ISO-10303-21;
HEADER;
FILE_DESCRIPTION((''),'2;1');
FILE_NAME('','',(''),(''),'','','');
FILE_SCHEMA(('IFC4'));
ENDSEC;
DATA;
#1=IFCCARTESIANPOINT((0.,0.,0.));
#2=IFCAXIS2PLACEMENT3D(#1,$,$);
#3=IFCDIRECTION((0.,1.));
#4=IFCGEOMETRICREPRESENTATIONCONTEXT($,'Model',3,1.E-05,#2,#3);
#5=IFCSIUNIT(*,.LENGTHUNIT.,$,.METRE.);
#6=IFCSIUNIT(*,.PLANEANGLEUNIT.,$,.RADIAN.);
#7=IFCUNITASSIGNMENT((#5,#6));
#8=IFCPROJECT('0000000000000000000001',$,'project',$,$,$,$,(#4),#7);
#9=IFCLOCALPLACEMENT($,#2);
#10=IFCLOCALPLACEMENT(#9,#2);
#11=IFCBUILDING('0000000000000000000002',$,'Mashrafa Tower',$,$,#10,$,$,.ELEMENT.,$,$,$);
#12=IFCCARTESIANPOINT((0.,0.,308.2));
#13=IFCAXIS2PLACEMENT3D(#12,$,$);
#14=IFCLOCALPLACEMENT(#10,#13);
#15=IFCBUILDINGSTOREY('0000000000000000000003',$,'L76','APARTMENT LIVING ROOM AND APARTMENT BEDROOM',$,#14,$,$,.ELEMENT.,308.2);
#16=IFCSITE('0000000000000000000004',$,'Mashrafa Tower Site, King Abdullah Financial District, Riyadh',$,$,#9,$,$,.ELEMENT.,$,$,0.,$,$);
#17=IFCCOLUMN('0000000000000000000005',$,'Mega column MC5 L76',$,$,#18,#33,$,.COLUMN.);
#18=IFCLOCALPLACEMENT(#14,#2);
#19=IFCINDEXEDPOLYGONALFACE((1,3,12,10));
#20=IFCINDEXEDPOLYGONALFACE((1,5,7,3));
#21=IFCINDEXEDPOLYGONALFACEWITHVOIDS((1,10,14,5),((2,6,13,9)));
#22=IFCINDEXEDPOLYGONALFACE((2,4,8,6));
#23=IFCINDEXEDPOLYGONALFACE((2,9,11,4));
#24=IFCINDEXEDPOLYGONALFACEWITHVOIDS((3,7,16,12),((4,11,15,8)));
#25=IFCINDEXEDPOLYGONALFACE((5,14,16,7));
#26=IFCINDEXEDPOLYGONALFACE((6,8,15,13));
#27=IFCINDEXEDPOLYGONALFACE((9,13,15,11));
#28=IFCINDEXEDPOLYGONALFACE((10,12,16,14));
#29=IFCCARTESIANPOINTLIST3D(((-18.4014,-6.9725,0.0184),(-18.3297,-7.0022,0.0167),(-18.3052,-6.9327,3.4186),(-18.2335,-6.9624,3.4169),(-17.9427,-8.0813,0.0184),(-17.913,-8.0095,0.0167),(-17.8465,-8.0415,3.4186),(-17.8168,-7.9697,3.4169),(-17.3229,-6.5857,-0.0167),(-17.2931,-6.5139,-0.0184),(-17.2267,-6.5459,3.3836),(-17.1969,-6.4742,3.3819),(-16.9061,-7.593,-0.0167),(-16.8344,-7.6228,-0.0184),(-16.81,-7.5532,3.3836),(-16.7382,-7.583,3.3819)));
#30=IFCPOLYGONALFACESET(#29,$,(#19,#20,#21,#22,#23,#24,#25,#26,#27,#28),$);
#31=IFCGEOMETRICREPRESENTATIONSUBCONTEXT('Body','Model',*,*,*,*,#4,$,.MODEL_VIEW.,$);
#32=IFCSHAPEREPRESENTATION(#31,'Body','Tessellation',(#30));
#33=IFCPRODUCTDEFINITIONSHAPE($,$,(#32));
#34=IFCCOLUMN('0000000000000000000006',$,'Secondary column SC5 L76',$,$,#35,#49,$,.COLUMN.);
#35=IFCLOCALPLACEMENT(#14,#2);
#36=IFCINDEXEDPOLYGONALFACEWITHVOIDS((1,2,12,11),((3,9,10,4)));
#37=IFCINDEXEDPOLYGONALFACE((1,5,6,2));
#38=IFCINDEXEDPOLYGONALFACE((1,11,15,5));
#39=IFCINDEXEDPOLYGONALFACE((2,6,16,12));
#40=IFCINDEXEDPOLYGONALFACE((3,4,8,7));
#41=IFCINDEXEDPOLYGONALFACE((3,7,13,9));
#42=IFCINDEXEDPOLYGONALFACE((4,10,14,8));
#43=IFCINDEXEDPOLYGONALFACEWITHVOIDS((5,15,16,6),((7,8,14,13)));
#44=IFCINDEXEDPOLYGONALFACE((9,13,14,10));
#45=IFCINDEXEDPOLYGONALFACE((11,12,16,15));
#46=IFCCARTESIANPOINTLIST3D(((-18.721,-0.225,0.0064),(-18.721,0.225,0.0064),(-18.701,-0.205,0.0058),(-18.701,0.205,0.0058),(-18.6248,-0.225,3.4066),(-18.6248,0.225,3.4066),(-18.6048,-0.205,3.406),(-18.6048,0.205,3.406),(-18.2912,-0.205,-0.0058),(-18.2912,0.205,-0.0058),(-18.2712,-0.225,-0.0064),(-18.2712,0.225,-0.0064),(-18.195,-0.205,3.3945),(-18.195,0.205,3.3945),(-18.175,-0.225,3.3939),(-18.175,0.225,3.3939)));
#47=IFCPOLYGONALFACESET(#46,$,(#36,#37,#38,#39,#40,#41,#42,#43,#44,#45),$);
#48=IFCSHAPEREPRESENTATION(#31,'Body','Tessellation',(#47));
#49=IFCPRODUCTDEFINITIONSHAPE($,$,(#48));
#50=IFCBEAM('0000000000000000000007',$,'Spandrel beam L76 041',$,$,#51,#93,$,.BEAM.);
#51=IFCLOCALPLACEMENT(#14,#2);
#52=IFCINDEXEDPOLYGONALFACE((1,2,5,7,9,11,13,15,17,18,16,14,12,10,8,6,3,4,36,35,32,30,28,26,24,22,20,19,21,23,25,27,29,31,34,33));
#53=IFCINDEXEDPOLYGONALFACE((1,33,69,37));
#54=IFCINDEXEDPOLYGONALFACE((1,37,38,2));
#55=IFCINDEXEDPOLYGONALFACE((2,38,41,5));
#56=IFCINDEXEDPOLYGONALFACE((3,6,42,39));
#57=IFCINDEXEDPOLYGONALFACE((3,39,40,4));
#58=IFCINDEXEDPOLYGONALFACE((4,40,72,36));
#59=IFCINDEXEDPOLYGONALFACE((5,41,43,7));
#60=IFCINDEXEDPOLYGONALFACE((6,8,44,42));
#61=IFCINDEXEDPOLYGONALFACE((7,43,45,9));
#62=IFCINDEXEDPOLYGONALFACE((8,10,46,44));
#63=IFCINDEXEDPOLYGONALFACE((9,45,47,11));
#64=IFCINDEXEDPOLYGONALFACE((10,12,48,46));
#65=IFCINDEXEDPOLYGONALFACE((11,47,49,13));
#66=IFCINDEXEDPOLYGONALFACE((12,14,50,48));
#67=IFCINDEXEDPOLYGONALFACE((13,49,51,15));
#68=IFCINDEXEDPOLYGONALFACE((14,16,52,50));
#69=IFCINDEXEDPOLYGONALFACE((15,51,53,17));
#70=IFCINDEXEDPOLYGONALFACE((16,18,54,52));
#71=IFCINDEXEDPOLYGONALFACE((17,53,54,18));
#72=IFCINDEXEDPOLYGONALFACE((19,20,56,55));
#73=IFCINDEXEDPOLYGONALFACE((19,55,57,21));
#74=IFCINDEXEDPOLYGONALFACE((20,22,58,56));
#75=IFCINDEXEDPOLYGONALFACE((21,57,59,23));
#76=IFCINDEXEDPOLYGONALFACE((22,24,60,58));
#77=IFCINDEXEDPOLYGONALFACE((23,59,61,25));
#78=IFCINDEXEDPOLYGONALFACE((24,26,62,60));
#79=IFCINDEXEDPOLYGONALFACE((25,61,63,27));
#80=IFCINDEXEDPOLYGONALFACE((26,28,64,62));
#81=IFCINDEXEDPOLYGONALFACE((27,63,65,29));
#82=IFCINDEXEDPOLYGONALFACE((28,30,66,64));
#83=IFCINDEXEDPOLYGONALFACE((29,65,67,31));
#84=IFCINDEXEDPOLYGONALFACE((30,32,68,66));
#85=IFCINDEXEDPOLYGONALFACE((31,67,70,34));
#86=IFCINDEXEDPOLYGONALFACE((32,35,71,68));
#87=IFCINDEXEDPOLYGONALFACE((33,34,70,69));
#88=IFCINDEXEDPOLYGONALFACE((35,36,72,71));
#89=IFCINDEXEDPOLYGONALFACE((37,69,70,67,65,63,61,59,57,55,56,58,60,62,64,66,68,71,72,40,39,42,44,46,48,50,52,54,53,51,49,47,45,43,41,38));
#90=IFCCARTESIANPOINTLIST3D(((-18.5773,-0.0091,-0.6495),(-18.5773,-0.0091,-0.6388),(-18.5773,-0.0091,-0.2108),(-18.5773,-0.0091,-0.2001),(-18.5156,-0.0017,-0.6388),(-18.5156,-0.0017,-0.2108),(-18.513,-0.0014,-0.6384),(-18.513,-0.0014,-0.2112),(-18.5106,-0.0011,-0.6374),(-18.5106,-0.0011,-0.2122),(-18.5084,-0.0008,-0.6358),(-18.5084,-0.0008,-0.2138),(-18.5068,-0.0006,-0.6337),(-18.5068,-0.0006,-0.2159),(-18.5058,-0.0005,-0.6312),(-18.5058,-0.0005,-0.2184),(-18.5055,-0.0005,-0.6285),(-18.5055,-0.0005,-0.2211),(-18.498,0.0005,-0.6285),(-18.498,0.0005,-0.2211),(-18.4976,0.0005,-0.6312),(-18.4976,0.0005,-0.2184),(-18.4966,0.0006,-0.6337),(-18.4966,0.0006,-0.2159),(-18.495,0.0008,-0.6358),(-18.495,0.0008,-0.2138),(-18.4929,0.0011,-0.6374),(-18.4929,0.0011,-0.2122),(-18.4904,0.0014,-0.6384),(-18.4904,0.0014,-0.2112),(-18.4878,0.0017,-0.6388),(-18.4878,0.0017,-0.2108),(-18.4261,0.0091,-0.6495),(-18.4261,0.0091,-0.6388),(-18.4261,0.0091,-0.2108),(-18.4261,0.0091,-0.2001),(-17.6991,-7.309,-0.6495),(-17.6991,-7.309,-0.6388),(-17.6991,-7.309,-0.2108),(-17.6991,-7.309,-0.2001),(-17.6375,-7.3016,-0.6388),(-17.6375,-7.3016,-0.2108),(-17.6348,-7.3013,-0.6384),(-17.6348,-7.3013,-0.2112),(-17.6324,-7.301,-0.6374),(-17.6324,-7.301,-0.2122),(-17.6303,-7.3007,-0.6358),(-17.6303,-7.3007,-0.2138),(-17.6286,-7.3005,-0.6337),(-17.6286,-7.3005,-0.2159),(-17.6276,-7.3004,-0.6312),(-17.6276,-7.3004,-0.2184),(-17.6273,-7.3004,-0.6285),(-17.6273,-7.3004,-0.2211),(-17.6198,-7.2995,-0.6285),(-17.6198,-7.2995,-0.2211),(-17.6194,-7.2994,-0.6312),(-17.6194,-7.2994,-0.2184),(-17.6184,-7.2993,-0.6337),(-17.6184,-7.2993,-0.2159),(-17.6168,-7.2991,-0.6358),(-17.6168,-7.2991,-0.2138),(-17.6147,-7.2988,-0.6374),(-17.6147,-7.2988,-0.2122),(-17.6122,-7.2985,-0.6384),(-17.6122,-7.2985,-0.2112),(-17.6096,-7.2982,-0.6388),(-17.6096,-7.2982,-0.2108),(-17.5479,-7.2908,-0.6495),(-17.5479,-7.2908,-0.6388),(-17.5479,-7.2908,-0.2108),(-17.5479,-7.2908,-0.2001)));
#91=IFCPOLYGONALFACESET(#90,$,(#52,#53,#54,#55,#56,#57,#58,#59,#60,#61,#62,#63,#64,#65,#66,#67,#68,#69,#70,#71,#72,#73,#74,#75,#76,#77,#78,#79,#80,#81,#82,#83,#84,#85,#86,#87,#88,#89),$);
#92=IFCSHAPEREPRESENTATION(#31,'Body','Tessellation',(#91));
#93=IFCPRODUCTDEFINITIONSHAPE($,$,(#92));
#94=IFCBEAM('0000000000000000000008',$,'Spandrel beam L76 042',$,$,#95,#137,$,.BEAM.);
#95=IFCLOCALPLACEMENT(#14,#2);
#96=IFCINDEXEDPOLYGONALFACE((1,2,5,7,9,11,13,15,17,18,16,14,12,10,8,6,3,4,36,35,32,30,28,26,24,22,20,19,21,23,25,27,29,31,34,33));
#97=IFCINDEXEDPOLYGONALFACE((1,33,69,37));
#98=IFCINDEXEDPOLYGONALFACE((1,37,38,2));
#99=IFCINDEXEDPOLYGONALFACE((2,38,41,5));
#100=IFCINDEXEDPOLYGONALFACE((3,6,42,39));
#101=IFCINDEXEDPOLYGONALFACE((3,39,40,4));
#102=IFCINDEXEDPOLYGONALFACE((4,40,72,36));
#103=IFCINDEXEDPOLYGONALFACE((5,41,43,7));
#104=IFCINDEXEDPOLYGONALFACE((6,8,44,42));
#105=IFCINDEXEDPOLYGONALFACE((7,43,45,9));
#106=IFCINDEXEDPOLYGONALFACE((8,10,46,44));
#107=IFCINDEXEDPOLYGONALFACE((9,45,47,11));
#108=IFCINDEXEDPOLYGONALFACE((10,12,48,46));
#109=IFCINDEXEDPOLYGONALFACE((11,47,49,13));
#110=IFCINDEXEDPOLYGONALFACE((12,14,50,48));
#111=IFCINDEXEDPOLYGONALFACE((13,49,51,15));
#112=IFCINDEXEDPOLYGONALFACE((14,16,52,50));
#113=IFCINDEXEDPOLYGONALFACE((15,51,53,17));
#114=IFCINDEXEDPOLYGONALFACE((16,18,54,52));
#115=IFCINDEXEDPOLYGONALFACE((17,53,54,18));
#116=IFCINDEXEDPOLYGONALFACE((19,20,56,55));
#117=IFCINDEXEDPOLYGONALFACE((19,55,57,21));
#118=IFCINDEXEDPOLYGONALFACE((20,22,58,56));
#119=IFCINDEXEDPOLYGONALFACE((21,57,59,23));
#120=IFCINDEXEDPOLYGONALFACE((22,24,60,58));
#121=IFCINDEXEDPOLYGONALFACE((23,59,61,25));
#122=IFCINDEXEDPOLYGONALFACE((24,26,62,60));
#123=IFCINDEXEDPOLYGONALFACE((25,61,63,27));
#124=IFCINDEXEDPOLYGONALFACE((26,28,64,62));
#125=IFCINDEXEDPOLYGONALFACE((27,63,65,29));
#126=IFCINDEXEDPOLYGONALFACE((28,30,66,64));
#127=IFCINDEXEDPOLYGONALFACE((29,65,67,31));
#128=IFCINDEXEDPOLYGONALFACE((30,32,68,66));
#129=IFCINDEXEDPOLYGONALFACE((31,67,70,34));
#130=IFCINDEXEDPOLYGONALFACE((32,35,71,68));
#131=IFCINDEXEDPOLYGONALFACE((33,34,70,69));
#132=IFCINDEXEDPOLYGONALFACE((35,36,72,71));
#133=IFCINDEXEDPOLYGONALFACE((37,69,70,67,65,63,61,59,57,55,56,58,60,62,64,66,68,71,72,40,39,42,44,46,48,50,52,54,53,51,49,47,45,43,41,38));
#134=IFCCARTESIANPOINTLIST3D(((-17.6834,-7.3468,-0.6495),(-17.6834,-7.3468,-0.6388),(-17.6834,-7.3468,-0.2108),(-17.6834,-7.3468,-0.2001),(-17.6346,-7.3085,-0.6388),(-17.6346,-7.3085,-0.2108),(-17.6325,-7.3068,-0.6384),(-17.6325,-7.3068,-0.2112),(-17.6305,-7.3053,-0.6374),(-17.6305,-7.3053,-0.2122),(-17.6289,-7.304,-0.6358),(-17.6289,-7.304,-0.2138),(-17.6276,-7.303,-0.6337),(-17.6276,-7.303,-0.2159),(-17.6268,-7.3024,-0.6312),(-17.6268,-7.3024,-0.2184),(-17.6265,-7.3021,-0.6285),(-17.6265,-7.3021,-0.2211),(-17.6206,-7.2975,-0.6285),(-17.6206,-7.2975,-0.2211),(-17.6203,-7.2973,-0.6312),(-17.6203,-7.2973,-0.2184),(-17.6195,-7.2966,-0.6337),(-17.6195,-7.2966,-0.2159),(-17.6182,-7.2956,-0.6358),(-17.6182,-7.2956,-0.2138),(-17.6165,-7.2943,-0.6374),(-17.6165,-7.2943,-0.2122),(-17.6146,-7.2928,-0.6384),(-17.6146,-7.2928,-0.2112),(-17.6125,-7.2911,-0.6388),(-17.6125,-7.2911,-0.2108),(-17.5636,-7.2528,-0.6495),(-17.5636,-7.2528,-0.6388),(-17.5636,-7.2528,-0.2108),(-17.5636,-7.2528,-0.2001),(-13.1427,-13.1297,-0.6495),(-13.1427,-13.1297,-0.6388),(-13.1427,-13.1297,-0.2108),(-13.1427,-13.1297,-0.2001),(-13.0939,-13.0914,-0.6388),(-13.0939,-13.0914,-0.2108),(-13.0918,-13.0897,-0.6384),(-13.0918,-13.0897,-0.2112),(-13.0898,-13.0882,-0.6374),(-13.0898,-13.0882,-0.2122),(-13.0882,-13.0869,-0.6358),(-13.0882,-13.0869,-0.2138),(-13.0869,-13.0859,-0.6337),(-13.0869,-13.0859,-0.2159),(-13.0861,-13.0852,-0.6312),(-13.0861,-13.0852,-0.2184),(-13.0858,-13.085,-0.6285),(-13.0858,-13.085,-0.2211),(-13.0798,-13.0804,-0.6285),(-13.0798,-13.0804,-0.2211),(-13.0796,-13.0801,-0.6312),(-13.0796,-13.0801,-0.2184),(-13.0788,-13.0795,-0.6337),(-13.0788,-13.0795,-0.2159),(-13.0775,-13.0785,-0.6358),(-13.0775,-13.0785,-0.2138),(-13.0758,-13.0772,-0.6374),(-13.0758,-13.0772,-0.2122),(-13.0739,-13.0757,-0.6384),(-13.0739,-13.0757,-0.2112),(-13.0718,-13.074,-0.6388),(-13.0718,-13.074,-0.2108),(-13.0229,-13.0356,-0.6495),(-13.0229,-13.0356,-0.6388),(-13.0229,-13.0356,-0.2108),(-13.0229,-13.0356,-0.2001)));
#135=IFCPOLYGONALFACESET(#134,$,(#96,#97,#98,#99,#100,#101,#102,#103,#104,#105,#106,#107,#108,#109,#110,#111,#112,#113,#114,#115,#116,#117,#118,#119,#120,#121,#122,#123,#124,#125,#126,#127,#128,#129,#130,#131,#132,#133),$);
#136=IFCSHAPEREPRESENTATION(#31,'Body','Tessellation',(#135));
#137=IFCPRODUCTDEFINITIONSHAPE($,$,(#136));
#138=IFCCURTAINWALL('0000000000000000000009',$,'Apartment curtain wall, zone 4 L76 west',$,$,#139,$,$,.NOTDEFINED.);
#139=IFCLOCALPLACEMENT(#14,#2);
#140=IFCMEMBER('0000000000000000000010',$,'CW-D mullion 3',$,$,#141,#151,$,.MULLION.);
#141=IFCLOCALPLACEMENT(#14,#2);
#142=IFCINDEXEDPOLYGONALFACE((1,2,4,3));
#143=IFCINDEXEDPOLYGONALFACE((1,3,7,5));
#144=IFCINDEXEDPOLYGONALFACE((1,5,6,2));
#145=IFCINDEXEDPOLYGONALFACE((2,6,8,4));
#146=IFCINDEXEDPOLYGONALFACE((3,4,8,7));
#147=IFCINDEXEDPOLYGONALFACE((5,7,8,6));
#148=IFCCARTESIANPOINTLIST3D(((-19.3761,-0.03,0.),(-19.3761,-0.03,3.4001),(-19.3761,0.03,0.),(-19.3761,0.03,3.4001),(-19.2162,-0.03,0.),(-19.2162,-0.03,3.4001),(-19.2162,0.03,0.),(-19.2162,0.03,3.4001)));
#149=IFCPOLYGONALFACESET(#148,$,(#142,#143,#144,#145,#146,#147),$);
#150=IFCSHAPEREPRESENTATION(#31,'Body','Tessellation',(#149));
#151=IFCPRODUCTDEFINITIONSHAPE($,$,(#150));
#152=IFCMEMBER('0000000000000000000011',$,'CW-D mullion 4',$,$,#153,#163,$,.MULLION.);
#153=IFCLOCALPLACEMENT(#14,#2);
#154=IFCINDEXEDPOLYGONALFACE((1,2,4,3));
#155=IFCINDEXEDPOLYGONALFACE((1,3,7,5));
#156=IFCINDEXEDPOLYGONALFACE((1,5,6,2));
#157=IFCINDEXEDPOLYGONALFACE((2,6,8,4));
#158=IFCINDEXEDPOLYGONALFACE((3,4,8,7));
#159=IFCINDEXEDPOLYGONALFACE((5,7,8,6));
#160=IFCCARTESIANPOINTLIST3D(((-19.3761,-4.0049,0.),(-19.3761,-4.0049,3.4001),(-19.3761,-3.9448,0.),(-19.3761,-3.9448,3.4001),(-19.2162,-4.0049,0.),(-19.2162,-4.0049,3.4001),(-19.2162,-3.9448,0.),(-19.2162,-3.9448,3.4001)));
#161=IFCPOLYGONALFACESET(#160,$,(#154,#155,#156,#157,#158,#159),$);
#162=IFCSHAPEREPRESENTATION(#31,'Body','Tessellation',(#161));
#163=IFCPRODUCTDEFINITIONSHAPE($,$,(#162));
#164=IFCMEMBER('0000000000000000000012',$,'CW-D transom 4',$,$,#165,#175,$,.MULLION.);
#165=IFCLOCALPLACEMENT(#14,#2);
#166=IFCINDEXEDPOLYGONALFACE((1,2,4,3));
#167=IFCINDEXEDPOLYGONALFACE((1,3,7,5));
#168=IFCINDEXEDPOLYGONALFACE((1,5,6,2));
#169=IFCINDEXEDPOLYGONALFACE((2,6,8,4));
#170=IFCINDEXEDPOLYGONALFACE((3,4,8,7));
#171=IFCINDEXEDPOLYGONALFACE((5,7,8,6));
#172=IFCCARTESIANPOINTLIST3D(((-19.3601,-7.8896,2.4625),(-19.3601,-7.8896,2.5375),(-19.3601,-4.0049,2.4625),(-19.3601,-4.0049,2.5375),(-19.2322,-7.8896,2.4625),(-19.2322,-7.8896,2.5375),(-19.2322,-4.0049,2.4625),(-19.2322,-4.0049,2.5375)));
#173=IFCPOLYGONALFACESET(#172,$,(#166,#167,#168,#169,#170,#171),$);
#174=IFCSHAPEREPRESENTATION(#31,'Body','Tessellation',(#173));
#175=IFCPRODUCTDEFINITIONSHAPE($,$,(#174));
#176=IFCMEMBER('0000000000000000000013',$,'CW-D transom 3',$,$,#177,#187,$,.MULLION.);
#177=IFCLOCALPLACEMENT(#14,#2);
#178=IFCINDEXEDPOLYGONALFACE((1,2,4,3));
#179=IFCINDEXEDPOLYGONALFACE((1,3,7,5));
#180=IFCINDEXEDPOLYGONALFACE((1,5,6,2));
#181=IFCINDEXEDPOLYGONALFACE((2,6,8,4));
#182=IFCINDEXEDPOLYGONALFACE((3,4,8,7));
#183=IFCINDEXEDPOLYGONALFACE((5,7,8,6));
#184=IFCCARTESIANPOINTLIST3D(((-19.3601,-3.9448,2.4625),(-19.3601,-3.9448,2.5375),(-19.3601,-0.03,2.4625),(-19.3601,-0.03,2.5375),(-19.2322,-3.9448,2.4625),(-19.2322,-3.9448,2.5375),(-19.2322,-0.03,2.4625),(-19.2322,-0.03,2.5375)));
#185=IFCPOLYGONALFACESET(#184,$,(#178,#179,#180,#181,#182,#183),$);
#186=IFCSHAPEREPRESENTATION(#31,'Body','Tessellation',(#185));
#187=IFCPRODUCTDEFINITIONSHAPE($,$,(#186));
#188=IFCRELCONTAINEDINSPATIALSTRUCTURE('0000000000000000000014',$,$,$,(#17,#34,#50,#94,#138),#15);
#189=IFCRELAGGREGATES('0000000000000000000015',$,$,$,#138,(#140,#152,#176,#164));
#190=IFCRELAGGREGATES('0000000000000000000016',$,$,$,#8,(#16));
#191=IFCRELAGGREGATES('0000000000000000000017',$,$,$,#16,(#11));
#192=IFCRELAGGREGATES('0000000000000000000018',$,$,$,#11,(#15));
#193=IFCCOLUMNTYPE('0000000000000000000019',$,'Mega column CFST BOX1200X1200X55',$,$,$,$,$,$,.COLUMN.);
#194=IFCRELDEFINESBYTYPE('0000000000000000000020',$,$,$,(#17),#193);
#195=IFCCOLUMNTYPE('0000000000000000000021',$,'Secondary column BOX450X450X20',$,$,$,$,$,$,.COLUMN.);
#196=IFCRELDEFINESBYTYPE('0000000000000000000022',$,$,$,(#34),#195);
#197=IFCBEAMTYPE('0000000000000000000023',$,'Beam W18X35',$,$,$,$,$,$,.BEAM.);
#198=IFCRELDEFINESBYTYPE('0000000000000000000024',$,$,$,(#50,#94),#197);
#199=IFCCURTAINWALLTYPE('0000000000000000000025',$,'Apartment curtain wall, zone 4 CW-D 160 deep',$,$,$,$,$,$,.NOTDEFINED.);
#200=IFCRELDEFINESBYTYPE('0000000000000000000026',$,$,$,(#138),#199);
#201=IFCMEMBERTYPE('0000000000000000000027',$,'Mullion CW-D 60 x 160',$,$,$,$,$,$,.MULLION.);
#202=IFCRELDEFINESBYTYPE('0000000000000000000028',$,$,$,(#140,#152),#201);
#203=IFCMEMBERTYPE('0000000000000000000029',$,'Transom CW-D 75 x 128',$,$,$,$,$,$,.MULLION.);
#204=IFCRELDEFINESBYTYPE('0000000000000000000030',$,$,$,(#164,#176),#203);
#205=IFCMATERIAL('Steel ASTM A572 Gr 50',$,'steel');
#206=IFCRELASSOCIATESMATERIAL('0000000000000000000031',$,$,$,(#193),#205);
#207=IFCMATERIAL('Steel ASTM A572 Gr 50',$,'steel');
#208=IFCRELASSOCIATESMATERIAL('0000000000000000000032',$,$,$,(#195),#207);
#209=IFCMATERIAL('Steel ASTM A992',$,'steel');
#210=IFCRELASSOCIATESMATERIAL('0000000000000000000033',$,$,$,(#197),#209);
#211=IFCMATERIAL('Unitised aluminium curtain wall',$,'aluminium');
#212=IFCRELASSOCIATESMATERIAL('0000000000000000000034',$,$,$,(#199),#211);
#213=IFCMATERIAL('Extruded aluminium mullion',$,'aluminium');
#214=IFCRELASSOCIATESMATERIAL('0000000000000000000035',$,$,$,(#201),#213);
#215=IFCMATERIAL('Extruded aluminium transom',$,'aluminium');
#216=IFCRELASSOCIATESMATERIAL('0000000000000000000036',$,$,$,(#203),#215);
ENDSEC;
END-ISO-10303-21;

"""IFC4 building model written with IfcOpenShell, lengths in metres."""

from ifc_helpers import new_model, si_unit, direction, frame, origin, origin_2d, place, context, subcontext, project, spatial, rectangle, hollow_rectangle, i_section, extrude, source, transform, mapped, material, material_profile, profile_set, type_object, type_shapes, element, aggregate, save


model = new_model("IFC4")

# Units and contexts
model_context = context("Model", 3, precision=1e-05, world=origin(), true_north=direction((0.0, 1.0)))
body_context = subcontext(model_context, "Body", "Model", "MODEL_VIEW")
ifc_project = project(units=[si_unit("LENGTHUNIT", "METRE"), si_unit("PLANEANGLEUNIT", "RADIAN")], contexts=[model_context])

# Site, building, storey
site_placement = place(None, origin())
site = spatial("IfcSite", under=ifc_project, at=site_placement, Name="Mashrafa Tower Site, King Abdullah Financial District, Riyadh", CompositionType="ELEMENT", RefElevation=0.0)
building_placement = place(site_placement, origin())
building = spatial("IfcBuilding", under=site, at=building_placement, Name="Mashrafa Tower", CompositionType="ELEMENT")
storey_placement = place(building_placement, frame((0.0, 0.0, 308.2)))
storey = spatial("IfcBuildingStorey", under=building, at=storey_placement, Name="L76", Description="APARTMENT LIVING ROOM AND APARTMENT BEDROOM", CompositionType="ELEMENT", Elevation=308.2)

# Columns
ifc_material_1 = material(Name="Steel ASTM A572 Gr 50", Category="steel")
ifc_material_profile_1 = material_profile(ifc_material_1, hollow_rectangle(XDim=1.2, YDim=1.2, WallThickness=0.0549, at=origin_2d()), Name="BOX1200X1200X55")
ifc_profile_set_1 = profile_set([ifc_material_profile_1], Name="Steel ASTM A572 Gr 50")
column_type_1 = type_object("IfcColumnType", Name="Mega column CFST BOX1200X1200X55", PredefinedType="COLUMN", material=ifc_profile_set_1)
column_1_placement = place(storey_placement, frame((-17.6179, -7.2976, 0.0), z_axis=(0.028277, 0.011698, 0.999532), x_axis=(-0.382283, 0.924045, 0.0)))
element("IfcColumn", 1, at=column_1_placement, inside=storey, type_object=column_type_1, Name="Mega column MC5 L76", PredefinedType="COLUMN", context=body_context, shape_type="SweptSolid", body=[
    extrude(hollow_rectangle(XDim=1.2, YDim=1.2, WallThickness=0.0549, at=origin_2d()), origin(), (0.0, 0.0, 1.0), 3.4019),
])
ifc_material_2 = material(Name="Steel ASTM A572 Gr 50", Category="steel")
ifc_material_profile_2 = material_profile(ifc_material_2, hollow_rectangle(XDim=0.45, YDim=0.45, WallThickness=0.02, at=origin_2d()), Name="BOX450X450X20")
ifc_profile_set_2 = profile_set([ifc_material_profile_2], Name="Steel ASTM A572 Gr 50")
column_type_2 = type_object("IfcColumnType", Name="Secondary column BOX450X450X20", PredefinedType="COLUMN", material=ifc_profile_set_2)
column_2_placement = place(storey_placement, frame((-18.4961, 0.0, 0.0), z_axis=(0.028279, 0.0, 0.9996), x_axis=(0.0, 1.0, 0.0)))
element("IfcColumn", 2, at=column_2_placement, inside=storey, type_object=column_type_2, Name="Secondary column SC5 L76", PredefinedType="COLUMN", context=body_context, shape_type="SweptSolid", body=[
    extrude(hollow_rectangle(XDim=0.45, YDim=0.45, WallThickness=0.02, at=origin_2d()), origin(), (0.0, 0.0, 1.0), 3.4016),
])

# Beams
ifc_material_3 = material(Name="Steel ASTM A992", Category="steel")
ifc_material_profile_3 = material_profile(ifc_material_3, i_section(OverallWidth=0.1523, OverallDepth=0.4495, WebThickness=0.0076, FlangeThickness=0.0107, FilletRadius=0.0103, at=origin_2d()), Name="W18X35")
ifc_profile_set_3 = profile_set([ifc_material_profile_3], Name="Steel ASTM A992")
beam_type = type_object("IfcBeamType", Name="Beam W18X35", PredefinedType="BEAM", material=ifc_profile_set_3)
for number, where, z_axis, x_axis, name in (
    (3, (-18.5017, 0.0, -0.4248), (0.11944, -0.992841, 0.0), (0.992841, 0.11944, 0.0), "Spandrel beam L76 041"),
    (4, (-17.6235, -7.2998, -0.4248), (0.617571, -0.786515, 0.0), (0.786515, 0.617571, 0.0), "Spandrel beam L76 042"),
):
    element("IfcBeam", number, at=place(storey_placement, frame(where, z_axis=z_axis, x_axis=x_axis)), inside=storey, type_object=beam_type, Name=name, PredefinedType="BEAM", context=body_context, shape_type="SweptSolid", body=[
        extrude(i_section(OverallWidth=0.1523, OverallDepth=0.4495, WebThickness=0.0076, FlangeThickness=0.0107, FilletRadius=0.0103, at=origin_2d()), origin(), (0.0, 0.0, 1.0), 7.3525),
    ])

# Curtain wall, members
ifc_material_4 = material(Name="Unitised aluminium curtain wall", Category="aluminium")
curtain_wall_type = type_object("IfcCurtainWallType", Name="Apartment curtain wall, zone 4 CW-D 160 deep", PredefinedType="NOTDEFINED", material=ifc_material_4)
curtain_wall_placement = place(storey_placement, origin())
curtain_wall = element("IfcCurtainWall", 5, at=curtain_wall_placement, inside=storey, type_object=curtain_wall_type, Name="Apartment curtain wall, zone 4 L76 west", PredefinedType="NOTDEFINED")
ifc_material_5 = material(Name="Extruded aluminium mullion", Category="aluminium")
ifc_material_profile_4 = material_profile(ifc_material_5, rectangle(XDim=0.1599, YDim=0.0601, at=origin_2d()), Name="Mullion 60x160")
ifc_profile_set_4 = profile_set([ifc_material_profile_4], Name="Extruded aluminium mullion")
member_type_1 = type_object("IfcMemberType", Name="Mullion CW-D 60 x 160", PredefinedType="MULLION", material=ifc_profile_set_4)
shared_shape_1 = source(origin(), body_context, "Body", "SweptSolid", [
    extrude(rectangle(XDim=0.1599, YDim=0.0601, at=origin_2d()), origin(), (0.0, 0.0, 1.0), 3.4001),
])
type_shapes(member_type_1, [shared_shape_1])
member_1_placement = place(storey_placement, frame((-19.2961, 0.0, 0.0), z_axis=(0.0, 0.0, 1.0), x_axis=(1.0, 0.0, 0.0)))
member_1 = element("IfcMember", 6, at=member_1_placement, type_object=member_type_1, Name="CW-D mullion 3", PredefinedType="MULLION", context=body_context, shape_type="MappedRepresentation", body=[
    mapped(shared_shape_1, transform((0.0, 0.0, 0.0))),
])
member_2_placement = place(storey_placement, frame((-19.2961, -3.9749, 0.0), z_axis=(0.0, 0.0, 1.0), x_axis=(1.0, 0.0, 0.0)))
member_2 = element("IfcMember", 7, at=member_2_placement, type_object=member_type_1, Name="CW-D mullion 4", PredefinedType="MULLION", context=body_context, shape_type="MappedRepresentation", body=[
    mapped(shared_shape_1, transform((0.0, 0.0, 0.0))),
])
ifc_material_6 = material(Name="Extruded aluminium transom", Category="aluminium")
ifc_material_profile_5 = material_profile(ifc_material_6, rectangle(XDim=0.1279, YDim=0.075, at=origin_2d()), Name="Transom 75x128")
ifc_profile_set_5 = profile_set([ifc_material_profile_5], Name="Extruded aluminium transom")
member_type_2 = type_object("IfcMemberType", Name="Transom CW-D 75 x 128", PredefinedType="MULLION", material=ifc_profile_set_5)
shared_shape_2 = source(origin(), body_context, "Body", "SweptSolid", [
    extrude(rectangle(XDim=0.1279, YDim=0.075, at=origin_2d()), origin(), (0.0, 0.0, 1.0), 3.8848),
])
member_3_placement = place(storey_placement, frame((-19.2961, -4.0049, 2.5), z_axis=(0.0, -1.0, 0.0), x_axis=(1.0, 0.0, 0.0)))
member_3 = element("IfcMember", 8, at=member_3_placement, type_object=member_type_2, Name="CW-D transom 4", PredefinedType="MULLION", context=body_context, shape_type="MappedRepresentation", body=[
    mapped(shared_shape_2, transform((0.0, 0.0, 0.0))),
])
shared_shape_3 = source(origin(), body_context, "Body", "SweptSolid", [
    extrude(rectangle(XDim=0.1279, YDim=0.075, at=origin_2d()), origin(), (0.0, 0.0, 1.0), 3.9148),
])
type_shapes(member_type_2, [shared_shape_2, shared_shape_3])
member_4_placement = place(storey_placement, frame((-19.2961, -0.03, 2.5), z_axis=(0.0, -1.0, 0.0), x_axis=(1.0, 0.0, 0.0)))
member_4 = element("IfcMember", 9, at=member_4_placement, type_object=member_type_2, Name="CW-D transom 3", PredefinedType="MULLION", context=body_context, shape_type="MappedRepresentation", body=[
    mapped(shared_shape_3, transform((0.0, 0.0, 0.0))),
])
aggregate(curtain_wall, [member_1, member_2, member_4, member_3])

save(model, "model.ifc")
